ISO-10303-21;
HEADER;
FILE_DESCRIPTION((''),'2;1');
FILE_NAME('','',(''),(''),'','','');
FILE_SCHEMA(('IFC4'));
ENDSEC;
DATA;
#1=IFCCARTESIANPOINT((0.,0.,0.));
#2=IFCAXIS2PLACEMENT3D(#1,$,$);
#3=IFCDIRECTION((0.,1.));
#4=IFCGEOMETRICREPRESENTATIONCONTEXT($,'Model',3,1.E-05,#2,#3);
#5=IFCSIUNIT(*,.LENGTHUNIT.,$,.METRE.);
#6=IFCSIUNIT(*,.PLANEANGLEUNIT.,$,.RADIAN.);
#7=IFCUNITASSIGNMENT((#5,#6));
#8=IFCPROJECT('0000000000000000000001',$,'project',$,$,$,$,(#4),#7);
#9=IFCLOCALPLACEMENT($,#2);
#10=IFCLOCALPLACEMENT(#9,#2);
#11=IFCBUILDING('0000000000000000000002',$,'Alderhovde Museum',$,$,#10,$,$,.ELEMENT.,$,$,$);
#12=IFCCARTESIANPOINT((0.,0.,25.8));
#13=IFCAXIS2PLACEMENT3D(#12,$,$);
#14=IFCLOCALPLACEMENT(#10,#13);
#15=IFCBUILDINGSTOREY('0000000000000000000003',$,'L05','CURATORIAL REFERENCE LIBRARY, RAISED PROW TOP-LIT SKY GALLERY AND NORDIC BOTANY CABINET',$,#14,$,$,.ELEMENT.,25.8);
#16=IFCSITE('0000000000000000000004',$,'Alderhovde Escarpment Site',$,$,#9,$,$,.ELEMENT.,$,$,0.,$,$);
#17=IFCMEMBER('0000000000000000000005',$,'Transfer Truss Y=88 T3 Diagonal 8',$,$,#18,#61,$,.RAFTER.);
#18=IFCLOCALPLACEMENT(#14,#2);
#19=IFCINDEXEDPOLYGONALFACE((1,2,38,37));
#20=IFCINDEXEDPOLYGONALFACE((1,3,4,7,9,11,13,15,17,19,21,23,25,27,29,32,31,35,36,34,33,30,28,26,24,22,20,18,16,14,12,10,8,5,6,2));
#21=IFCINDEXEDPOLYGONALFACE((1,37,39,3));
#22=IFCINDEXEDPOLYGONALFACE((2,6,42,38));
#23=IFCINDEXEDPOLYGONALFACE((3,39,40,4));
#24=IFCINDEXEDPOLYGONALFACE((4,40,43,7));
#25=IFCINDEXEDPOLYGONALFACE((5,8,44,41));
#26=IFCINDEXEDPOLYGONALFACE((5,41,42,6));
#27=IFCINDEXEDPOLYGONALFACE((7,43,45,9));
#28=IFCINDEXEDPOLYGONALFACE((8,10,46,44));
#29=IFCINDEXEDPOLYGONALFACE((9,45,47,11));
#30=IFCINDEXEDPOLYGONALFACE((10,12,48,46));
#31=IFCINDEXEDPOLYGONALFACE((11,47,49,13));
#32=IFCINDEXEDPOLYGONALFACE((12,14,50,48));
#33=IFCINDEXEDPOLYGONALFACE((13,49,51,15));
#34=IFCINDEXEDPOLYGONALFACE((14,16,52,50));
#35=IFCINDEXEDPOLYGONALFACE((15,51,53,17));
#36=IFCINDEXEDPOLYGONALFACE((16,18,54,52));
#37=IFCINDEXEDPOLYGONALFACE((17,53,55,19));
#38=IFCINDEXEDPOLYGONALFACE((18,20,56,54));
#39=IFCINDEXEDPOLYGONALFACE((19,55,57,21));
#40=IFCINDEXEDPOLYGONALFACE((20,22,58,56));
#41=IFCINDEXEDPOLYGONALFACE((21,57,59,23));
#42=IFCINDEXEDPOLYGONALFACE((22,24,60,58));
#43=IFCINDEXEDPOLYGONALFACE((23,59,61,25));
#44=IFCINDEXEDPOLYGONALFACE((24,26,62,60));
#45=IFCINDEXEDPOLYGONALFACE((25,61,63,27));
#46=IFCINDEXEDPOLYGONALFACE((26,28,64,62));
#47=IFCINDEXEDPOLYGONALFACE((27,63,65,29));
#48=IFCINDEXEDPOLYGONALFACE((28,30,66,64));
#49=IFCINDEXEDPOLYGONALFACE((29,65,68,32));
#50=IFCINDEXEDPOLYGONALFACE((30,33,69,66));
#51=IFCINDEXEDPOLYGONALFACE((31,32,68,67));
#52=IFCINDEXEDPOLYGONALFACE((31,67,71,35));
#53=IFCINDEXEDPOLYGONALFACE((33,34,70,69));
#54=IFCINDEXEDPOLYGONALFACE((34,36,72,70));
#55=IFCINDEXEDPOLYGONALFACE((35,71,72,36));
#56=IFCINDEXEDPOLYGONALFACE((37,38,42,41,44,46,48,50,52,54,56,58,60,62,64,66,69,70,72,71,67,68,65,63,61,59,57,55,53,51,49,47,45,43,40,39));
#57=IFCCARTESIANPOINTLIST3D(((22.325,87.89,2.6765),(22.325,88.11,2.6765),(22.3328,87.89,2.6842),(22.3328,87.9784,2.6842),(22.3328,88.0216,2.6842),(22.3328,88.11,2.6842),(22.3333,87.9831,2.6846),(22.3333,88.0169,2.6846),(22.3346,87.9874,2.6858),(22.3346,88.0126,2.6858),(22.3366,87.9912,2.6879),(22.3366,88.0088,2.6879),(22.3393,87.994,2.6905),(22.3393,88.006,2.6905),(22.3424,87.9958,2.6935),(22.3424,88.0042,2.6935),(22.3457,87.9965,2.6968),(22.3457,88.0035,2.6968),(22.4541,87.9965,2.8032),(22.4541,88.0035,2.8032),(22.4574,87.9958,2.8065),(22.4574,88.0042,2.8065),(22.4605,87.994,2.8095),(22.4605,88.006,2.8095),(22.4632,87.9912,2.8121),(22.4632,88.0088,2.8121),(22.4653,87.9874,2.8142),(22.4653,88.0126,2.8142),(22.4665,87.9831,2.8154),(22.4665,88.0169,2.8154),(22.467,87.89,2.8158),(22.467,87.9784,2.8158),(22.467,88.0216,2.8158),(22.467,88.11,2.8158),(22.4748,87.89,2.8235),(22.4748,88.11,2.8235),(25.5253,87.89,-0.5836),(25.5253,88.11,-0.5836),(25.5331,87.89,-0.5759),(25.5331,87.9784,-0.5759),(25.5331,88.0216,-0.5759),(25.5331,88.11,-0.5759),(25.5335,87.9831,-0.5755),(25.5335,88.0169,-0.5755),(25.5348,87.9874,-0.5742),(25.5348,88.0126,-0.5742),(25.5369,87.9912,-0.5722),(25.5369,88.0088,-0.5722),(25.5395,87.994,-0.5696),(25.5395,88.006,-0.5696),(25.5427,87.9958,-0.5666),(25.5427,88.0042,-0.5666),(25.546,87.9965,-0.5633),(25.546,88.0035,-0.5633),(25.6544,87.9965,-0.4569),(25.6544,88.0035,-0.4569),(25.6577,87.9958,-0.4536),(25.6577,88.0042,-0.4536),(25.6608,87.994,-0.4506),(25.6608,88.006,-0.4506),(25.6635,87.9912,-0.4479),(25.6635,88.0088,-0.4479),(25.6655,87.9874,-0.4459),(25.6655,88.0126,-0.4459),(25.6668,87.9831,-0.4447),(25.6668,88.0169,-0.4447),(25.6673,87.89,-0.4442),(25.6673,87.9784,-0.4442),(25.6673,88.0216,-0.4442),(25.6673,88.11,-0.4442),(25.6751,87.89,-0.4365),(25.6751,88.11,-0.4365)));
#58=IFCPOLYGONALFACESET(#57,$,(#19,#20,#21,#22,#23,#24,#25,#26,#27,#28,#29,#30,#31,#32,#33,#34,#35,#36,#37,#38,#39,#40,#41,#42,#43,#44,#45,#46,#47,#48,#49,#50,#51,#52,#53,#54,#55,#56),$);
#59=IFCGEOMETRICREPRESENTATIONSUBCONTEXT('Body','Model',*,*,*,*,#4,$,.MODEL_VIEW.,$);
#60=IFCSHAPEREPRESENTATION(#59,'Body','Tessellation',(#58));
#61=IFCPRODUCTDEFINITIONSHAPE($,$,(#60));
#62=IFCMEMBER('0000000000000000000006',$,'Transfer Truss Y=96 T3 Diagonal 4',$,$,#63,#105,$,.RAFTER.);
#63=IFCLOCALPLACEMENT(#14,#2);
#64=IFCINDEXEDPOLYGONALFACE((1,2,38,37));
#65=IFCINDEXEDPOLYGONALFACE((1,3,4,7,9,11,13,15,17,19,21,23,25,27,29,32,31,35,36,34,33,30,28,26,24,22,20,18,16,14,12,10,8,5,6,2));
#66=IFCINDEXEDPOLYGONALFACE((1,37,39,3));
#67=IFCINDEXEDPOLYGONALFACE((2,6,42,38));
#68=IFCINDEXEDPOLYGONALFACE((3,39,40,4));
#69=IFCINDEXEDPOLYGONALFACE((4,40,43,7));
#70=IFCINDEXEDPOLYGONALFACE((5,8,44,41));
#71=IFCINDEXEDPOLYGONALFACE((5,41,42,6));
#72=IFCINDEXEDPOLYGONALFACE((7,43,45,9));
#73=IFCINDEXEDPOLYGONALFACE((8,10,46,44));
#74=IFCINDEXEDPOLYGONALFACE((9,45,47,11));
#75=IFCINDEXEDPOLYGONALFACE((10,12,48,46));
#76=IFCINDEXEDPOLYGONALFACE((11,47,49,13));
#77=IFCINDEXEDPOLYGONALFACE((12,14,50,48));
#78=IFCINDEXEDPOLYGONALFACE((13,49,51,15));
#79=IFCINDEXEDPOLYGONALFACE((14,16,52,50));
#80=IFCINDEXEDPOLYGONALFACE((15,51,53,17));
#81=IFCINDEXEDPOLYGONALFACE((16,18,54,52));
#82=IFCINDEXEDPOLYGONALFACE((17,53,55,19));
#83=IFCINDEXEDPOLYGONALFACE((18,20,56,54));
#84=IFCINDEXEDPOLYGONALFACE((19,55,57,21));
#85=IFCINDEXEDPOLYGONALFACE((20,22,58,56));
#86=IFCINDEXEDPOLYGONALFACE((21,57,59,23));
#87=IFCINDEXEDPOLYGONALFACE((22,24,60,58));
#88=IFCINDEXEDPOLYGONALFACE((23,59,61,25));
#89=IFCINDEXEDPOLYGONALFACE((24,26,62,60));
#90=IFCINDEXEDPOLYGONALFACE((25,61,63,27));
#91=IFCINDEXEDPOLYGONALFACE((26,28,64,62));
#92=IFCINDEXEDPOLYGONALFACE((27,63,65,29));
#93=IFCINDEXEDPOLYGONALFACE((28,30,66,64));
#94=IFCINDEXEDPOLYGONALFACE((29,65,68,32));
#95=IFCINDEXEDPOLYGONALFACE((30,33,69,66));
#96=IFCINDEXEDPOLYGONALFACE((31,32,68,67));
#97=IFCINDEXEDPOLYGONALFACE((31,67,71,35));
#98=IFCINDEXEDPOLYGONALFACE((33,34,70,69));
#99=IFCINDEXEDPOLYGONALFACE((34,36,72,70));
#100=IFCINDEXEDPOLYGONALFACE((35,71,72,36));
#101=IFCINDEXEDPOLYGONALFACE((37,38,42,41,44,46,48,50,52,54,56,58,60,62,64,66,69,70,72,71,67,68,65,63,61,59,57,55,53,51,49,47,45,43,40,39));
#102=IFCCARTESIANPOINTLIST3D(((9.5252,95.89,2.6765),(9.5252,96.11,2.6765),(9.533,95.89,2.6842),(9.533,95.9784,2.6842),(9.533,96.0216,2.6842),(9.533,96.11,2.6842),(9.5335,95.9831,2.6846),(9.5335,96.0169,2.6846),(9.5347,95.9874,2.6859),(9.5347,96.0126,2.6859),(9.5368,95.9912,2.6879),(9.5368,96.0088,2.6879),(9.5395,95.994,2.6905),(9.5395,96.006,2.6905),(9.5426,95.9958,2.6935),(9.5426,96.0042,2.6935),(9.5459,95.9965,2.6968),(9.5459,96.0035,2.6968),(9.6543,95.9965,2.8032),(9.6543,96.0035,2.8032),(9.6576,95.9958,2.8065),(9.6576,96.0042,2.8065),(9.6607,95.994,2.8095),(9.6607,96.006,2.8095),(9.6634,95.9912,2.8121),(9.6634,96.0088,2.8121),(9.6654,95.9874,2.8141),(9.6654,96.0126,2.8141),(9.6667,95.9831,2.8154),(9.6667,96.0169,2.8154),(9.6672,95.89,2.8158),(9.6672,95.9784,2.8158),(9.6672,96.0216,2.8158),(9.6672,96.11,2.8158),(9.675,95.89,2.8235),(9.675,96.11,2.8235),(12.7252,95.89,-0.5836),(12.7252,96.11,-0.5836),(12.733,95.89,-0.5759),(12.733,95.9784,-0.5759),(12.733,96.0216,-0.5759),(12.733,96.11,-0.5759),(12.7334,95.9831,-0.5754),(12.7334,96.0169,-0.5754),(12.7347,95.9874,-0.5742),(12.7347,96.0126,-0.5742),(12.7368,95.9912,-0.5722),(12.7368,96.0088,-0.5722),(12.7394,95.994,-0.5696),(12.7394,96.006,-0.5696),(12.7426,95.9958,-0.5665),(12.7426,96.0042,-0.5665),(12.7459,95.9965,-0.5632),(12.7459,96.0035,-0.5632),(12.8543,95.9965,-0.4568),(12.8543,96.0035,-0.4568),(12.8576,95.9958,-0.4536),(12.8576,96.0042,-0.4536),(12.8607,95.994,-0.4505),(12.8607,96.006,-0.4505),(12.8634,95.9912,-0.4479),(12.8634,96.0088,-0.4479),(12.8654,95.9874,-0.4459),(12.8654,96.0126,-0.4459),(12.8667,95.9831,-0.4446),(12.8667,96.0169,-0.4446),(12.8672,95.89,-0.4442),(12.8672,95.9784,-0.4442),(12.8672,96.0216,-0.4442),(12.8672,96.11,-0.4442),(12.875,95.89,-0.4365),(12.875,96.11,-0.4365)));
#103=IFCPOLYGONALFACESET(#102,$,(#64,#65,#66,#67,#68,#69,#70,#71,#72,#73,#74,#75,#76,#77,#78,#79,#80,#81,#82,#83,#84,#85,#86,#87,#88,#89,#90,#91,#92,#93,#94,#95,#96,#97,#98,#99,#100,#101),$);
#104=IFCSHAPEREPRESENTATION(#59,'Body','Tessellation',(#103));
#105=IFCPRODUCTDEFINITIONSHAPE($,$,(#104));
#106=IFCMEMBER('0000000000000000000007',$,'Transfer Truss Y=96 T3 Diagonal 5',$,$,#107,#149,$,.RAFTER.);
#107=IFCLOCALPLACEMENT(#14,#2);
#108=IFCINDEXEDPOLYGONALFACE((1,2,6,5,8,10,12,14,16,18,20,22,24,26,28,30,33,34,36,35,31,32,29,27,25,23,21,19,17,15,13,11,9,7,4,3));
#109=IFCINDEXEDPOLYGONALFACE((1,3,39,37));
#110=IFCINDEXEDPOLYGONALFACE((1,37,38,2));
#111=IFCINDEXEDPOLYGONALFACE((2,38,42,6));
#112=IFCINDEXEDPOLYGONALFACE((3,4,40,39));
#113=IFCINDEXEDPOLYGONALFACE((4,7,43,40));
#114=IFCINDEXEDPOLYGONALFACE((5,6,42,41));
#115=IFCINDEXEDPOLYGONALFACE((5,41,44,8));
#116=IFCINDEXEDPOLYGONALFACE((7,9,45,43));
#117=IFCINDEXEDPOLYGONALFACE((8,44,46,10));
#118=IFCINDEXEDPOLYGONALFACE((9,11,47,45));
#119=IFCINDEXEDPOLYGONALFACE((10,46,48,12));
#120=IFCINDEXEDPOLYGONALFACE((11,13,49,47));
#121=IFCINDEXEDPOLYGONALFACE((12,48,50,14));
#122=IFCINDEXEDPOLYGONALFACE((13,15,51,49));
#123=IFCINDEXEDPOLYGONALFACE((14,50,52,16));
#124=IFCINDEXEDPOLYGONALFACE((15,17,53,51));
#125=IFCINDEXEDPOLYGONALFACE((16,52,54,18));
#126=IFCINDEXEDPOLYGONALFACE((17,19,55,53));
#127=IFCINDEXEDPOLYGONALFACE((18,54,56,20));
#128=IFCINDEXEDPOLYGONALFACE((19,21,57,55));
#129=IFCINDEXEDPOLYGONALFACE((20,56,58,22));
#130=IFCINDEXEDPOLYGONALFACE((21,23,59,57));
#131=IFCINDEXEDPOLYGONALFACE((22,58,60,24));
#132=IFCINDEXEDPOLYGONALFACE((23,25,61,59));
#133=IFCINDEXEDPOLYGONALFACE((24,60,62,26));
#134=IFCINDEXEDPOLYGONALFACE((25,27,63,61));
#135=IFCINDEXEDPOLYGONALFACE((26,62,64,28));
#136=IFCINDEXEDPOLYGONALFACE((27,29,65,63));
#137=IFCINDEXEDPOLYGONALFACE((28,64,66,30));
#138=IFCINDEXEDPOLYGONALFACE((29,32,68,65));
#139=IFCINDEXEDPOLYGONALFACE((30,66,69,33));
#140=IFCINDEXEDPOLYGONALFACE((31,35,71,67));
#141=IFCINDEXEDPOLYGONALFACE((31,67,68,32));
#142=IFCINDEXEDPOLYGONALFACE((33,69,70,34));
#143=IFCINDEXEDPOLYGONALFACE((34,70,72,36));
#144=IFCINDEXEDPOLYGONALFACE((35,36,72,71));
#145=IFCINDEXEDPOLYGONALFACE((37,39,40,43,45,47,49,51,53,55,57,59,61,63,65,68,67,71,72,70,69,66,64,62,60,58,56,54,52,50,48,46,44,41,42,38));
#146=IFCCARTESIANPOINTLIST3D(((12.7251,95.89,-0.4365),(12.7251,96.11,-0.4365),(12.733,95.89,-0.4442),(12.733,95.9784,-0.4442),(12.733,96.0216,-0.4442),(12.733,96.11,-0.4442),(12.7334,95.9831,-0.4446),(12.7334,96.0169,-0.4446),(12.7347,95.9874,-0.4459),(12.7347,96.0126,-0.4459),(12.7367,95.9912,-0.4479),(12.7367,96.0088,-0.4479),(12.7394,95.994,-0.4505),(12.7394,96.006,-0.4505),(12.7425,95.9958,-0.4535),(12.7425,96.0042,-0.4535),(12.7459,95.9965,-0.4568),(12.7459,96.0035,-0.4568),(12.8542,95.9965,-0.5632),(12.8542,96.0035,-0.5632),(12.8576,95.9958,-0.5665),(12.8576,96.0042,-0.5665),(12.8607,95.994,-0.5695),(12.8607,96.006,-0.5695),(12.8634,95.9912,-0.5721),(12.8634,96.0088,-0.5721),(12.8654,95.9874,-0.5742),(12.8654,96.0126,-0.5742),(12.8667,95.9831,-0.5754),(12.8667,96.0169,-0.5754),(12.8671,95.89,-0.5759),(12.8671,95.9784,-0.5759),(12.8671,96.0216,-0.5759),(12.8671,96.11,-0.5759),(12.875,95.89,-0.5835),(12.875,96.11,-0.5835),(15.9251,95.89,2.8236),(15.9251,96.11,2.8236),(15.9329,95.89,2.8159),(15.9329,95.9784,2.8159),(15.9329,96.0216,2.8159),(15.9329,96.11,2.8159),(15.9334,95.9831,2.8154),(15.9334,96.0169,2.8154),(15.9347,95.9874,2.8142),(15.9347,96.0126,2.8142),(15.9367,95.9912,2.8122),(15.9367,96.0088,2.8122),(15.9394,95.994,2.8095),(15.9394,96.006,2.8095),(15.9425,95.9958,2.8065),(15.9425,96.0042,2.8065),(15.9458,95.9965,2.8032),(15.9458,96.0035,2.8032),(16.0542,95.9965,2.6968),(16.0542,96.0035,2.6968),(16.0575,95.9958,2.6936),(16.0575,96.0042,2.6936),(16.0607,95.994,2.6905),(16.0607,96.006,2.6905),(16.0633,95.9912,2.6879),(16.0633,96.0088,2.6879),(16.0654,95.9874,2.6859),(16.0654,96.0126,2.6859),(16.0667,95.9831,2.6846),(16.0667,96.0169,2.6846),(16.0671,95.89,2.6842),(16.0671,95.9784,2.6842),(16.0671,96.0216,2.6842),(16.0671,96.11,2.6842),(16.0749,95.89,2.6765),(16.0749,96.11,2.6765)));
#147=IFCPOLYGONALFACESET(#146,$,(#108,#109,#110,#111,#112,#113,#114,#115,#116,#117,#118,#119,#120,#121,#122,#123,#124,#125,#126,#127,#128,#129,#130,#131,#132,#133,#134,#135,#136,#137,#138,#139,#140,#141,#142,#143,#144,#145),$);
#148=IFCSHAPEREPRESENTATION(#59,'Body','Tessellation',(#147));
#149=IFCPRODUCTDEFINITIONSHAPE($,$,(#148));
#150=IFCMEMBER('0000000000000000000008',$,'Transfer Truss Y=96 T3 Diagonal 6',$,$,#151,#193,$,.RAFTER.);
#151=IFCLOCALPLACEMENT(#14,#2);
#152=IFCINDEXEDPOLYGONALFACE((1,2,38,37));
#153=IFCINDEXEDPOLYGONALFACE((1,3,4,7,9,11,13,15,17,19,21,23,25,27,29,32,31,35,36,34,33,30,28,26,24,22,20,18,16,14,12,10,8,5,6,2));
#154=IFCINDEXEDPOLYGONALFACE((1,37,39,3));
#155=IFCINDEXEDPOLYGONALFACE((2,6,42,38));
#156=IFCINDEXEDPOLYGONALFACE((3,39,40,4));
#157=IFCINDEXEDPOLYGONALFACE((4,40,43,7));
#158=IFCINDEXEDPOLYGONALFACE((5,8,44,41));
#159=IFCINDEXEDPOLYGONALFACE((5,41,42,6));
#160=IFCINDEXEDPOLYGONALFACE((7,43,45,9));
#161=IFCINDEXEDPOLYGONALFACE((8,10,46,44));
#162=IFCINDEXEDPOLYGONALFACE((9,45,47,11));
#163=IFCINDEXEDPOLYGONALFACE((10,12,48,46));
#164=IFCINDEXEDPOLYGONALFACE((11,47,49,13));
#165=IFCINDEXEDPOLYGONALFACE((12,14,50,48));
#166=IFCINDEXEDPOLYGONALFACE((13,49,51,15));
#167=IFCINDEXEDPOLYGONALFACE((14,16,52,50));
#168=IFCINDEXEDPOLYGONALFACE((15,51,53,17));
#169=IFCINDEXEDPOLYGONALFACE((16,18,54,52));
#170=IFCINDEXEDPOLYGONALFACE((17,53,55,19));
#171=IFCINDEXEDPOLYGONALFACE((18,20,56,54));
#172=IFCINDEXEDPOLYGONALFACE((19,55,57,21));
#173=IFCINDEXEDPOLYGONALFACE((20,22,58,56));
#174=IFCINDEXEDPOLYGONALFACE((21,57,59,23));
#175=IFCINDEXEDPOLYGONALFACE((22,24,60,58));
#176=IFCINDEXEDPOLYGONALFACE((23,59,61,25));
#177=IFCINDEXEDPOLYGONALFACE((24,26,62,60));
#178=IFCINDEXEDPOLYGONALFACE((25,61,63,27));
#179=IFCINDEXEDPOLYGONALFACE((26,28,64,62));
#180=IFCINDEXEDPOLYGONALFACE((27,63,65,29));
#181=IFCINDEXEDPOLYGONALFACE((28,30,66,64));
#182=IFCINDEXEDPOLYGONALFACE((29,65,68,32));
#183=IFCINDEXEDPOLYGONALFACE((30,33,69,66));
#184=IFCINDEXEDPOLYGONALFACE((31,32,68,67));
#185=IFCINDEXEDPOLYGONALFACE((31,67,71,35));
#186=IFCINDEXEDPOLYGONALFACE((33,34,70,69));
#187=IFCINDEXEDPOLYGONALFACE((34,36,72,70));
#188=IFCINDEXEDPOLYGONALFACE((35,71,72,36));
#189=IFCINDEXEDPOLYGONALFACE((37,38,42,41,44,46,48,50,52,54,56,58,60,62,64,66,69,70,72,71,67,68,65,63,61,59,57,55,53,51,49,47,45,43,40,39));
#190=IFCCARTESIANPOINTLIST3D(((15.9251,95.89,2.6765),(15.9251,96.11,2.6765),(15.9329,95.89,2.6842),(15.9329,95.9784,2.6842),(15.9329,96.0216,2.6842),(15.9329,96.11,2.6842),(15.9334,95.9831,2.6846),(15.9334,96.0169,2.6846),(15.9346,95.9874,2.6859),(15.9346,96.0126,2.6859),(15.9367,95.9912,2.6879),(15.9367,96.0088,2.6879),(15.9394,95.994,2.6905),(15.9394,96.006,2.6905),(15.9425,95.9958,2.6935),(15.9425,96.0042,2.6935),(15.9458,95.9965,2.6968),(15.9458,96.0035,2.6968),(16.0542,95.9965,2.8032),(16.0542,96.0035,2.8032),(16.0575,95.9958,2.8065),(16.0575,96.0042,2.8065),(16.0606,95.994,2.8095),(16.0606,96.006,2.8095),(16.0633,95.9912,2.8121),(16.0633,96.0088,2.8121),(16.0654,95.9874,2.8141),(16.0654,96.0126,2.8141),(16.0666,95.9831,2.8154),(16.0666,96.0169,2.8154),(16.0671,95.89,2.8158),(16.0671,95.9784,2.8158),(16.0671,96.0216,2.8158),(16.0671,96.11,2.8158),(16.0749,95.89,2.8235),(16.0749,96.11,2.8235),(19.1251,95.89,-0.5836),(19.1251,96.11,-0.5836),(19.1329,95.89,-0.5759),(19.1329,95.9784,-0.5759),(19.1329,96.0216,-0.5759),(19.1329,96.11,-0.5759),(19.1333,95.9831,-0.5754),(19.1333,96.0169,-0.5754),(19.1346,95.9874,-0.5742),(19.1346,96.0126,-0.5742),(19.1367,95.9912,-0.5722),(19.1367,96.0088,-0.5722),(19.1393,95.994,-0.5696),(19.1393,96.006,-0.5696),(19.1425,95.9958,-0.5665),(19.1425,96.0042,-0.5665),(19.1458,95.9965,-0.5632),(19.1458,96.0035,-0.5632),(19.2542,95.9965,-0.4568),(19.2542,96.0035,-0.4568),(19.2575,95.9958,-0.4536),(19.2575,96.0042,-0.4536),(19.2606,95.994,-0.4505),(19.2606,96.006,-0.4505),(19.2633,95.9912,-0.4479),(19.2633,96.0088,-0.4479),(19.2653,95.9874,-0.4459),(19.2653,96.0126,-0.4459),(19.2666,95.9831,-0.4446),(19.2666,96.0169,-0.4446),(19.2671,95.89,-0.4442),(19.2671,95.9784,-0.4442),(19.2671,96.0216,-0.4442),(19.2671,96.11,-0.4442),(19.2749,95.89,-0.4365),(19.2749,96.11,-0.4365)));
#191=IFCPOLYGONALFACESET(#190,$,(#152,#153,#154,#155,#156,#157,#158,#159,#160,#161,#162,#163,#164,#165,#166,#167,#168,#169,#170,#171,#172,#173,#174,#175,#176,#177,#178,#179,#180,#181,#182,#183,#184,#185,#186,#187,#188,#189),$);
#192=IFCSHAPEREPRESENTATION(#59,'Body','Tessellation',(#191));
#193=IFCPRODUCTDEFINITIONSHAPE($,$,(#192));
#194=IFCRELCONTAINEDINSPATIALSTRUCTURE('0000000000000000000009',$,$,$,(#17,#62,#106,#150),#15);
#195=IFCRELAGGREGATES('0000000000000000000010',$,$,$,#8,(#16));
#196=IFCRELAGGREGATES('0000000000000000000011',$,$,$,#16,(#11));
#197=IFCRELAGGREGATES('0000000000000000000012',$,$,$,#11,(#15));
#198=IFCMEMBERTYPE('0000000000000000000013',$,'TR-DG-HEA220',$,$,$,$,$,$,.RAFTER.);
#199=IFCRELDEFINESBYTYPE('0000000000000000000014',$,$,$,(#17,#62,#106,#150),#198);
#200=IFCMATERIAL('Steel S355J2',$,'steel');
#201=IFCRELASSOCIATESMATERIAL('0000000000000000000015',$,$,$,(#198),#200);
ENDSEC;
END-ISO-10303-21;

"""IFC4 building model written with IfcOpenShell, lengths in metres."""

from ifc_helpers import new_model, si_unit, direction, frame, origin, origin_2d, place, context, subcontext, project, spatial, i_section, extrude, material, material_profile, profile_set, type_object, element, save


model = new_model("IFC4")

# Units and contexts
model_context = context("Model", 3, precision=1e-05, world=origin(), true_north=direction((0.0, 1.0)))
body_context = subcontext(model_context, "Body", "Model", "MODEL_VIEW")
ifc_project = project(units=[si_unit("LENGTHUNIT", "METRE"), si_unit("PLANEANGLEUNIT", "RADIAN")], contexts=[model_context])

# Site, building, storey
site_placement = place(None, origin())
site = spatial("IfcSite", under=ifc_project, at=site_placement, Name="Alderhovde Escarpment Site", CompositionType="ELEMENT", RefElevation=0.0)
building_placement = place(site_placement, origin())
building = spatial("IfcBuilding", under=site, at=building_placement, Name="Alderhovde Museum", CompositionType="ELEMENT")
storey_placement = place(building_placement, frame((0.0, 0.0, 25.8)))
storey = spatial("IfcBuildingStorey", under=building, at=storey_placement, Name="L05", Description="CURATORIAL REFERENCE LIBRARY, RAISED PROW TOP-LIT SKY GALLERY AND NORDIC BOTANY CABINET", CompositionType="ELEMENT", Elevation=25.8)

# Members
ifc_material_1 = material(Name="Steel S355J2", Category="steel")
ifc_material_profile_1 = material_profile(ifc_material_1, i_section(OverallWidth=0.22, OverallDepth=0.21, WebThickness=0.0071, FlangeThickness=0.011, FilletRadius=0.0181, at=origin_2d()), Name="HEA 220")
ifc_profile_set_1 = profile_set([ifc_material_profile_1], Name="Steel S355J2")
member_type_1 = type_object("IfcMemberType", Name="TR-DG-HEA220", PredefinedType="RAFTER", material=ifc_profile_set_1)
member_placement = place(storey_placement, frame((22.3999, 88.0, 2.75), z_axis=(0.70053, 0.0, -0.713623), x_axis=(0.0, 1.0, 0.0)))
element("IfcMember", 1, at=member_placement, inside=storey, type_object=member_type_1, Name="Transfer Truss Y=88 T3 Diagonal 8", PredefinedType="RAFTER", context=body_context, shape_type="SweptSolid", body=[
    extrude(i_section(OverallWidth=0.22, OverallDepth=0.21, WebThickness=0.0071, FlangeThickness=0.011, FilletRadius=0.0181, at=origin_2d()), origin(), (0.0, 0.0, 1.0), 4.5684),
])
for number, where, z_axis, x_axis, name in (
    (2, (9.6001, 96.0, 2.75), (0.700502, 0.0, -0.71365), (0.0, 1.0, 0.0), "Transfer Truss Y=96 T3 Diagonal 4"),
    (3, (12.8, 96.0, -0.51), (0.700502, 0.0, 0.71365), (0.0, 1.0, 0.0), "Transfer Truss Y=96 T3 Diagonal 5"),
    (4, (16.0, 96.0, 2.75), (0.700502, 0.0, -0.71365), (0.0, 1.0, 0.0), "Transfer Truss Y=96 T3 Diagonal 6"),
):
    element("IfcMember", number, at=place(storey_placement, frame(where, z_axis=z_axis, x_axis=x_axis)), inside=storey, type_object=member_type_1, Name=name, PredefinedType="RAFTER", context=body_context, shape_type="SweptSolid", body=[
        extrude(i_section(OverallWidth=0.22, OverallDepth=0.21, WebThickness=0.0071, FlangeThickness=0.011, FilletRadius=0.0181, at=origin_2d()), origin(), (0.0, 0.0, 1.0), 4.5681),
    ])

save(model, "model.ifc")
